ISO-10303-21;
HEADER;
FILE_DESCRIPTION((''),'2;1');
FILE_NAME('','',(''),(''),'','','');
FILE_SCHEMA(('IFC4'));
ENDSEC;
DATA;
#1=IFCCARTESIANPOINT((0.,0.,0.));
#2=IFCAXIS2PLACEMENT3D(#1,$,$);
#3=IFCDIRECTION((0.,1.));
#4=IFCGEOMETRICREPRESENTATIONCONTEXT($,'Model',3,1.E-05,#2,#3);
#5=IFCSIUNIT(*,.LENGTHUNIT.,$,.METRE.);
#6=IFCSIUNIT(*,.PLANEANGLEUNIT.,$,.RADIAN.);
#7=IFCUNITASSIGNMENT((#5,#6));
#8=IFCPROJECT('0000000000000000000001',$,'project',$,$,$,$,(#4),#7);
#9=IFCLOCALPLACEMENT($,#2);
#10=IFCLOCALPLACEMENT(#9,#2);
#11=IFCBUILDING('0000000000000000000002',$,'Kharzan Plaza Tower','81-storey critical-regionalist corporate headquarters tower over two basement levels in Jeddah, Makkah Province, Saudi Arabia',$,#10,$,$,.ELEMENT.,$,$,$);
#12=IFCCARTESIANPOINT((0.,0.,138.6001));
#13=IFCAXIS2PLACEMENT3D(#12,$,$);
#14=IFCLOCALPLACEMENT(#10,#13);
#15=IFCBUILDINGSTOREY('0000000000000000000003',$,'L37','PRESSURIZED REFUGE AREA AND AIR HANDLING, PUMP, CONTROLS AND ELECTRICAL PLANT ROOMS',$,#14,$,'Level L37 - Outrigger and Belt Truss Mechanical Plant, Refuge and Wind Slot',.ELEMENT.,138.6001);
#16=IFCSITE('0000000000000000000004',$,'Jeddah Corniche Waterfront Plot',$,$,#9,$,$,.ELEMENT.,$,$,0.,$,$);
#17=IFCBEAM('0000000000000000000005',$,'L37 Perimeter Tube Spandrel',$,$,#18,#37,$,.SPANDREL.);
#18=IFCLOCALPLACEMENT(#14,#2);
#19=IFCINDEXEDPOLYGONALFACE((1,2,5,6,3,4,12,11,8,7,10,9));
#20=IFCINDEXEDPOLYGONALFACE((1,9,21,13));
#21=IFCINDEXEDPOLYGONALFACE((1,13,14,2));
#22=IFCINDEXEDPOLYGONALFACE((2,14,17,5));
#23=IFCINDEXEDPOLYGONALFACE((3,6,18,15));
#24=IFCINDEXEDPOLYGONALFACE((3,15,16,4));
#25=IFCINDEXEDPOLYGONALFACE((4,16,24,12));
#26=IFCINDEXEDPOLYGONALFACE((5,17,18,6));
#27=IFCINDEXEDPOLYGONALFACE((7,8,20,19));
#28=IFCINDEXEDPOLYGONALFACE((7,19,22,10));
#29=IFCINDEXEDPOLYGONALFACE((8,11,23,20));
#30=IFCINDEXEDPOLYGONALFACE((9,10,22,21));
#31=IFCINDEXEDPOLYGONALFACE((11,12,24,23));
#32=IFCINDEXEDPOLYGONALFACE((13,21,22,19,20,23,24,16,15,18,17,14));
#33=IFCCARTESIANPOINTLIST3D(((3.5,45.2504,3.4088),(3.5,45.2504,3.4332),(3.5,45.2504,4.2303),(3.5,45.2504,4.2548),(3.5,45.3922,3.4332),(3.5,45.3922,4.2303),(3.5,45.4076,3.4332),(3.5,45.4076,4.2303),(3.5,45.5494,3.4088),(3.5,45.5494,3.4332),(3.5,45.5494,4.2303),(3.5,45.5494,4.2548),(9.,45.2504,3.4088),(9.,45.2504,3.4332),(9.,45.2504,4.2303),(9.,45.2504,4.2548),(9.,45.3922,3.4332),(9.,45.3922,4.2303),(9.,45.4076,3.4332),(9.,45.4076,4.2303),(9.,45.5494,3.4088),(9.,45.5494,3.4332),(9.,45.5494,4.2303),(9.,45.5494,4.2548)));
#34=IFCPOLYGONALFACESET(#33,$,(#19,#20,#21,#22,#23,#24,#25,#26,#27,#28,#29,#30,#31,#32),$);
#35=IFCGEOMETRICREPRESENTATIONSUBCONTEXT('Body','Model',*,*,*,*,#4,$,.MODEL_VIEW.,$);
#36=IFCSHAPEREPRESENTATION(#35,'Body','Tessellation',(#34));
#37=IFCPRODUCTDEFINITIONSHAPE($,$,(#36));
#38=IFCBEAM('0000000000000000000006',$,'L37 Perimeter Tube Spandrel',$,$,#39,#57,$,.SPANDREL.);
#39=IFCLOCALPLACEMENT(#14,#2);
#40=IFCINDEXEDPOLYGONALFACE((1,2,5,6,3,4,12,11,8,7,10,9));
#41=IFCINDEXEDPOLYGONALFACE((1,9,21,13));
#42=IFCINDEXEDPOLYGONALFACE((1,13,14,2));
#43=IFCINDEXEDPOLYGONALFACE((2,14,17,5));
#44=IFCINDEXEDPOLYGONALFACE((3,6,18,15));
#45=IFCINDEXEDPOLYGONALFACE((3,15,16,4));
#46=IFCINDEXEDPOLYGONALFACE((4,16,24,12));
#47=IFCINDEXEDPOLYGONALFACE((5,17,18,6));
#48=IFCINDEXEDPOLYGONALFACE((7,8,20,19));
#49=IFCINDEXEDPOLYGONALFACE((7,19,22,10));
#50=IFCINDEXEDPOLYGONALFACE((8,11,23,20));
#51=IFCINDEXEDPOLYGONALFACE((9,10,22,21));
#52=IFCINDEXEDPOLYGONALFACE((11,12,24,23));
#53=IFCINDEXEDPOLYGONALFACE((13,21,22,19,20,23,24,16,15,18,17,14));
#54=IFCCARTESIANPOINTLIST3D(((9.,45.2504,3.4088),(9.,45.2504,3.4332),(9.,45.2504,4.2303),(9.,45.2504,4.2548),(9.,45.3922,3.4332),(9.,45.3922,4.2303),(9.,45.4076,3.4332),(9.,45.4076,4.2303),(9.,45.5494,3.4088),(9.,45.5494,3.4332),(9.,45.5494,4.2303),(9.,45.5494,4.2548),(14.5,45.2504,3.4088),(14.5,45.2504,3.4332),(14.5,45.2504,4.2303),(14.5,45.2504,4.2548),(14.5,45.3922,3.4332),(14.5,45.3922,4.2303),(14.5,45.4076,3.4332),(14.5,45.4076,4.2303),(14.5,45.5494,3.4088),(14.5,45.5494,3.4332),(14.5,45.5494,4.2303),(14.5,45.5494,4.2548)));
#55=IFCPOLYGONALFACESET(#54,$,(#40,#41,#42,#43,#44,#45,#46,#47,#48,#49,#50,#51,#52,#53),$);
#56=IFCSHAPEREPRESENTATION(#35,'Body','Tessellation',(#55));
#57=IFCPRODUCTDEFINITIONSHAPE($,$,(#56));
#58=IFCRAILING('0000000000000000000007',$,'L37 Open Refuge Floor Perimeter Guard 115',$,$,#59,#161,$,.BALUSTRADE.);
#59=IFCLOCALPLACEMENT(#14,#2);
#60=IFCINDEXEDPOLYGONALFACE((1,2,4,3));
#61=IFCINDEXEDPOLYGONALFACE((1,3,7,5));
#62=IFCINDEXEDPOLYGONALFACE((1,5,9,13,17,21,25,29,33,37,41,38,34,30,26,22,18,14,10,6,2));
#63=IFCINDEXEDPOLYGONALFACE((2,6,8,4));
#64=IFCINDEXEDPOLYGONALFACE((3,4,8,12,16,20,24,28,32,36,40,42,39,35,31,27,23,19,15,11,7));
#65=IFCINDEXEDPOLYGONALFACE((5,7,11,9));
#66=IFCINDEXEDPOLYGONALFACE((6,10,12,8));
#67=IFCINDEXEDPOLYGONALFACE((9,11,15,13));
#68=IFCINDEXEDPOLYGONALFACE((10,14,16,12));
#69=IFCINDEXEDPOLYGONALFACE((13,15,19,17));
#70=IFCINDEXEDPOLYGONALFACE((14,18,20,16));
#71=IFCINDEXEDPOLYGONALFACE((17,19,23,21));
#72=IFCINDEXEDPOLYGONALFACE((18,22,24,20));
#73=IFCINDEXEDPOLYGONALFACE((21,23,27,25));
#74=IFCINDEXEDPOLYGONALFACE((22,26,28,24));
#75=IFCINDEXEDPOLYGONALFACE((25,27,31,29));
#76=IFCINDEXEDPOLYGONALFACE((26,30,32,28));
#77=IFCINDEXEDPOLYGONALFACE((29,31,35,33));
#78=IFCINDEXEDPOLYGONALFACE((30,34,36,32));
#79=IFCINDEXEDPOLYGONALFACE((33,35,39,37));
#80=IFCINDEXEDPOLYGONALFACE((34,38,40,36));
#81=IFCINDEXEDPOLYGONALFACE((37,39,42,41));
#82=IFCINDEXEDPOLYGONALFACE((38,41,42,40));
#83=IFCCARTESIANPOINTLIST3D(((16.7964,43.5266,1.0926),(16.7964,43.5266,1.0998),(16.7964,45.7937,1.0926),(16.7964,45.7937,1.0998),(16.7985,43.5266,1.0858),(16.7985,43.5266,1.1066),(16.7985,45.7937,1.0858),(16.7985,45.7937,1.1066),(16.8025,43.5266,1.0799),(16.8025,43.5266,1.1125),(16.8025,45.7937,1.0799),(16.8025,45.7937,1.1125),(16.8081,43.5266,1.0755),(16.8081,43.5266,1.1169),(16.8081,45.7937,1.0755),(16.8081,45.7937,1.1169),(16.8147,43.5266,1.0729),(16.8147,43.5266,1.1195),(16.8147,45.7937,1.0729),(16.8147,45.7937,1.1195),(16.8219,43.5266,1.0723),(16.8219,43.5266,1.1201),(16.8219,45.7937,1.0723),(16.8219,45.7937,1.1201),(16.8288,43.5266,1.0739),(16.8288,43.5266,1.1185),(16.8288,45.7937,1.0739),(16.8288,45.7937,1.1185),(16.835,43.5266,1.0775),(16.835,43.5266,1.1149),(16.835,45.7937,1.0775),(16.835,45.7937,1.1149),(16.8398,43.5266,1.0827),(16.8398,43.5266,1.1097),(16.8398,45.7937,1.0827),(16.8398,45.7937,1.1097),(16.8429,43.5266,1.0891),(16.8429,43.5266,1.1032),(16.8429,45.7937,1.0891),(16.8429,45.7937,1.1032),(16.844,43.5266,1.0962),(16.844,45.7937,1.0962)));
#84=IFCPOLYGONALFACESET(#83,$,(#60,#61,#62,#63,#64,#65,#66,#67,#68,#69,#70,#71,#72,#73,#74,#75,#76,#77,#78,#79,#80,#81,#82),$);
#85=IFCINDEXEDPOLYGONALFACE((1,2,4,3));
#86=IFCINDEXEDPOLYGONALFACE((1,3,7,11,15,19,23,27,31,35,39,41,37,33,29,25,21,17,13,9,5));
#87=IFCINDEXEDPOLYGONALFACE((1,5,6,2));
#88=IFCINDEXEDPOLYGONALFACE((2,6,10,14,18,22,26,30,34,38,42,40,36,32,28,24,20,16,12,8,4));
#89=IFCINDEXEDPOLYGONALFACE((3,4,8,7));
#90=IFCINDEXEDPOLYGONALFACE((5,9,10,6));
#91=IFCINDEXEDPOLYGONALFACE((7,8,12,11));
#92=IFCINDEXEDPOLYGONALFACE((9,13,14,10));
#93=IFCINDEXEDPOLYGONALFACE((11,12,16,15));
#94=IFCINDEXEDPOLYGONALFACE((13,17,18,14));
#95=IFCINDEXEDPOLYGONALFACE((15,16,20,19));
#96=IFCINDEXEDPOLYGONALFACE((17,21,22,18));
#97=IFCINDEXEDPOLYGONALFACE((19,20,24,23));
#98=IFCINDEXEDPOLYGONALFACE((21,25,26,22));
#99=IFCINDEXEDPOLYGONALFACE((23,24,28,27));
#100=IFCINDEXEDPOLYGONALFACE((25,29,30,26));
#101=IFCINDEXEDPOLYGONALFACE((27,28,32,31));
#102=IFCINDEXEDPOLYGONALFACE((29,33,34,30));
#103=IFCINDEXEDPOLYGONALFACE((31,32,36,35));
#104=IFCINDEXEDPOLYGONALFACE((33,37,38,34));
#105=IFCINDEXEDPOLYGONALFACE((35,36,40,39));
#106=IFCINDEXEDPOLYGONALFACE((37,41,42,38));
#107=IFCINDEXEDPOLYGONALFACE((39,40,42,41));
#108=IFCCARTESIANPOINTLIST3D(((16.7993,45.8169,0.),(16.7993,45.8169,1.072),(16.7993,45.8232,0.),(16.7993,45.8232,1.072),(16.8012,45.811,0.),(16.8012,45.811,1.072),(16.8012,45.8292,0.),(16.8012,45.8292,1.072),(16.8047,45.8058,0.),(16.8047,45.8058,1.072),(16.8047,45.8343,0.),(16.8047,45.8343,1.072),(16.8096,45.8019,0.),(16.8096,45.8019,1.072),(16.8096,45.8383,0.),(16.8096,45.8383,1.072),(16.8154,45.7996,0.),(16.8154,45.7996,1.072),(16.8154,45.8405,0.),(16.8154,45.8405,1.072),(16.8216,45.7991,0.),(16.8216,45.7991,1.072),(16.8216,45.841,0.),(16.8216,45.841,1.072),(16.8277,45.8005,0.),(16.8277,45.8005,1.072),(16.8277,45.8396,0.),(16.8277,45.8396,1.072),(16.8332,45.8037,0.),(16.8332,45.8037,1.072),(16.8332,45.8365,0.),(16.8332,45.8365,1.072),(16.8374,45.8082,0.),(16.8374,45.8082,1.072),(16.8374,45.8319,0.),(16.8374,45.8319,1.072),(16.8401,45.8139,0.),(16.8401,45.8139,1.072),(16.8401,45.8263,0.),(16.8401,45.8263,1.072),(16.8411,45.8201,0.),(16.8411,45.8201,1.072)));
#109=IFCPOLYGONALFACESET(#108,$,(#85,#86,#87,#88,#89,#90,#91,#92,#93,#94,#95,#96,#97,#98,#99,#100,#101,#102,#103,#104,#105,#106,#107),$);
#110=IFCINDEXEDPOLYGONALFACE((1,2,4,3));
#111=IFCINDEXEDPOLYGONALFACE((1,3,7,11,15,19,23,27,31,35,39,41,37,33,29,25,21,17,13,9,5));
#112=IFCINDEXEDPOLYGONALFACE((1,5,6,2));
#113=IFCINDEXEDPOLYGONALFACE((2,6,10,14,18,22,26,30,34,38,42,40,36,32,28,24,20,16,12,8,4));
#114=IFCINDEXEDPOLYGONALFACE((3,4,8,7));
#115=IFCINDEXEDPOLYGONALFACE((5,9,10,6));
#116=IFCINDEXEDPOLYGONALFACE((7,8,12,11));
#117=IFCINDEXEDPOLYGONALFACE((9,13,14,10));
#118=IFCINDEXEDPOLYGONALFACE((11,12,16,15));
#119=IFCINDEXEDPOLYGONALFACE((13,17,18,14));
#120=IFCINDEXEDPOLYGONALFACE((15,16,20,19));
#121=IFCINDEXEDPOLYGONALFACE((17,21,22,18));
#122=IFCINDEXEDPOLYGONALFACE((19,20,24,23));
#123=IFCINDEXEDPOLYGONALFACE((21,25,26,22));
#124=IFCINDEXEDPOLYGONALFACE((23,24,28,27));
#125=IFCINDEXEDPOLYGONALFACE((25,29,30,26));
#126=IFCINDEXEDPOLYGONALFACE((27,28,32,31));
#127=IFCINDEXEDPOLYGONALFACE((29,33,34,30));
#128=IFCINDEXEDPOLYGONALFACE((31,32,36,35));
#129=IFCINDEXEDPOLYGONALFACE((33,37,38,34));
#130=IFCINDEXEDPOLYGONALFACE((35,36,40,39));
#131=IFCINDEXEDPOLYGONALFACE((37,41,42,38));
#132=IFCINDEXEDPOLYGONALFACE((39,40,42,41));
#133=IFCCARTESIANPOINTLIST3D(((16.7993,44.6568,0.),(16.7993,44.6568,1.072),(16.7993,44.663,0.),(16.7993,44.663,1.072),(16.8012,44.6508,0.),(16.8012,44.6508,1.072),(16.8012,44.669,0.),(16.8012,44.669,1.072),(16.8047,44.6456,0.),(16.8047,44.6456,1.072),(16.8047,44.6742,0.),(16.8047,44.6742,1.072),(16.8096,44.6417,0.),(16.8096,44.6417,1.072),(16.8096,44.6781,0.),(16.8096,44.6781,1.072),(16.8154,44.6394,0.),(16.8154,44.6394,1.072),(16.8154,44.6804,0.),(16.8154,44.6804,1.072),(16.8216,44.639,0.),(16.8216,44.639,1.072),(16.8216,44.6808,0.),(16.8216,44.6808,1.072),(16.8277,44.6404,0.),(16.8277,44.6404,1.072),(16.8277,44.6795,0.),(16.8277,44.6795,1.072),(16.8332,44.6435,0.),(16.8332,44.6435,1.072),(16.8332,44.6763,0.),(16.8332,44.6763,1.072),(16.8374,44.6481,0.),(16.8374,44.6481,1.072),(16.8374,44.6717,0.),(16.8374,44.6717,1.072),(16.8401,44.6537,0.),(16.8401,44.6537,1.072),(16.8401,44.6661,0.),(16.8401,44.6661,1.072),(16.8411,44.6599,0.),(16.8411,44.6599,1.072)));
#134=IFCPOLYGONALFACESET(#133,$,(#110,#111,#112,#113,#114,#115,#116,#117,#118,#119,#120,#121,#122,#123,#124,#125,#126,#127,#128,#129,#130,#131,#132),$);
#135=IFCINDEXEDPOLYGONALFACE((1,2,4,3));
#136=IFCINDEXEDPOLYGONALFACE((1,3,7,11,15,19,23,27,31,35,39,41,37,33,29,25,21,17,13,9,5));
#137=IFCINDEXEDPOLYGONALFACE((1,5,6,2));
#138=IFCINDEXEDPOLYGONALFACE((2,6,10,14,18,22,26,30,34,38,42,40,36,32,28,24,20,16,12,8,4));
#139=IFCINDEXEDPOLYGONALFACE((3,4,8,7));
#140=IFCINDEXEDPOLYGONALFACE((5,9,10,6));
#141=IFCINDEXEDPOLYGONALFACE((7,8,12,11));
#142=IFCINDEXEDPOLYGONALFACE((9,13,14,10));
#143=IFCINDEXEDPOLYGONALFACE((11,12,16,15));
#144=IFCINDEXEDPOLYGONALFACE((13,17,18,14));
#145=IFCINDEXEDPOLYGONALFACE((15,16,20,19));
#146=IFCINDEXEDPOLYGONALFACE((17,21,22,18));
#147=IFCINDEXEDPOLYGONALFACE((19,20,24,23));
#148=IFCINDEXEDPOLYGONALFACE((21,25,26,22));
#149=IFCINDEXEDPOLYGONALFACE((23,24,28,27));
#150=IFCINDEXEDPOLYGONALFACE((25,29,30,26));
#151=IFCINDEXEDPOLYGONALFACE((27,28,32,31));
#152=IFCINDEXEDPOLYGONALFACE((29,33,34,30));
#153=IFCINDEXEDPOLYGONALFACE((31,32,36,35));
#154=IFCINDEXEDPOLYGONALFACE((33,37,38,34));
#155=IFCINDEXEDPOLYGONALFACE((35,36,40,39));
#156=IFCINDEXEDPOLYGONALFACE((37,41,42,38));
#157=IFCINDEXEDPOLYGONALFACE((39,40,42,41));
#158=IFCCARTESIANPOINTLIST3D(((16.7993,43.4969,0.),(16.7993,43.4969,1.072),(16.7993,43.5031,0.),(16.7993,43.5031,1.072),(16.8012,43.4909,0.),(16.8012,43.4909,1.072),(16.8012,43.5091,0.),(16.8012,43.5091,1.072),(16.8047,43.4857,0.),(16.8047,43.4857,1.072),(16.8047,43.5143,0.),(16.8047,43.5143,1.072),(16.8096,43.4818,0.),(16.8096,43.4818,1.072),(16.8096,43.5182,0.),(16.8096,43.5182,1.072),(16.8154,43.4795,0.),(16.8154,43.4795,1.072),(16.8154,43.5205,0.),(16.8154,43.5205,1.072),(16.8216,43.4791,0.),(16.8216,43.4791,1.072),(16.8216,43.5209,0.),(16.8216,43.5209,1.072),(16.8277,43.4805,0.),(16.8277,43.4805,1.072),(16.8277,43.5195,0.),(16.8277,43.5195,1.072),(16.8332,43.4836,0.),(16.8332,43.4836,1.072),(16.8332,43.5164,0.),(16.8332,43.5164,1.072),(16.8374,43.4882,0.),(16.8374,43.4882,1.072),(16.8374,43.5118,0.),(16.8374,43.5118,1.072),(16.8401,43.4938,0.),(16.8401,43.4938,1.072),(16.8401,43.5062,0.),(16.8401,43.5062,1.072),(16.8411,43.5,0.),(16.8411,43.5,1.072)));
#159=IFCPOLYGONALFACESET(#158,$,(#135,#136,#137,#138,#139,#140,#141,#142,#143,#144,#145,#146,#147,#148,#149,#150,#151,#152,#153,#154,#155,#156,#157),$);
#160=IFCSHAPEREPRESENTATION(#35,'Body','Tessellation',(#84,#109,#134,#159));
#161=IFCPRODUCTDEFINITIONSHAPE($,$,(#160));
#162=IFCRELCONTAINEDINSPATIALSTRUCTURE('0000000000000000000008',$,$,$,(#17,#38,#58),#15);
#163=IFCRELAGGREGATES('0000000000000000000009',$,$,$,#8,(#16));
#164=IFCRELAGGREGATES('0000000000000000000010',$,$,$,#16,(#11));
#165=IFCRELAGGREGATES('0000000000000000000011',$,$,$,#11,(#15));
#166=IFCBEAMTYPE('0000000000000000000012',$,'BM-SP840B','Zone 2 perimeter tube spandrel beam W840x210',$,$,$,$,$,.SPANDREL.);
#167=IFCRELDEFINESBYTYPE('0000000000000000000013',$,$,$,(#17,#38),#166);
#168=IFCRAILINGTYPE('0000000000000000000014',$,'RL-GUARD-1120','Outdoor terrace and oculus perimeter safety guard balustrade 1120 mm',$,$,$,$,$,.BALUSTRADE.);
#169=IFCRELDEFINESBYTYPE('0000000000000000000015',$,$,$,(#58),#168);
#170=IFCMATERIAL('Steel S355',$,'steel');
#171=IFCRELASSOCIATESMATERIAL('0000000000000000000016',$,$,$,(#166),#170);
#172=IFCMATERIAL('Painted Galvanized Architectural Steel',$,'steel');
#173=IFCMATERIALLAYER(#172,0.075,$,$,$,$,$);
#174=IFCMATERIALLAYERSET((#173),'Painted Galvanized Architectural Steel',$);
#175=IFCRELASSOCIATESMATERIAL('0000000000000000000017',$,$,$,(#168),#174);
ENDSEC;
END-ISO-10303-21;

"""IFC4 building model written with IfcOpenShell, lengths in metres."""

from ifc_helpers import new_model, si_unit, direction, frame, origin, origin_2d, place, context, subcontext, project, spatial, circle, i_section, extrude, source, transform, mapped, material, layer, layer_set, material_profile, profile_set, type_object, element, save


model = new_model("IFC4")

# Units and contexts
model_context = context("Model", 3, precision=1e-05, world=origin(), true_north=direction((0.0, 1.0)))
body_context = subcontext(model_context, "Body", "Model", "MODEL_VIEW")
ifc_project = project(units=[si_unit("LENGTHUNIT", "METRE"), si_unit("PLANEANGLEUNIT", "RADIAN")], contexts=[model_context])

# Site, building, storey
site_placement = place(None, origin())
site = spatial("IfcSite", under=ifc_project, at=site_placement, Name="Jeddah Corniche Waterfront Plot", CompositionType="ELEMENT", RefElevation=0.0)
building_placement = place(site_placement, origin())
building = spatial("IfcBuilding", under=site, at=building_placement, Name="Kharzan Plaza Tower", Description="81-storey critical-regionalist corporate headquarters tower over two basement levels in Jeddah, Makkah Province, Saudi Arabia", CompositionType="ELEMENT")
storey_placement = place(building_placement, frame((0.0, 0.0, 138.6001)))
storey = spatial("IfcBuildingStorey", under=building, at=storey_placement, Name="L37", Description="PRESSURIZED REFUGE AREA AND AIR HANDLING, PUMP, CONTROLS AND ELECTRICAL PLANT ROOMS", LongName="Level L37 - Outrigger and Belt Truss Mechanical Plant, Refuge and Wind Slot", CompositionType="ELEMENT", Elevation=138.6001)

# Beams
ifc_material_1 = material(Name="Steel S355", Category="steel")
ifc_material_profile_1 = material_profile(ifc_material_1, i_section(OverallWidth=0.2991, OverallDepth=0.8459, WebThickness=0.0154, FlangeThickness=0.0244, at=origin_2d()), Name="W840x210")
ifc_profile_set_1 = profile_set([ifc_material_profile_1], Name="Steel S355")
beam_type_1 = type_object("IfcBeamType", Name="BM-SP840B", Description="Zone 2 perimeter tube spandrel beam W840x210", PredefinedType="SPANDREL", material=ifc_profile_set_1)
shared_shape_1 = source(origin(), body_context, "Body", "SweptSolid", [
    extrude(i_section(OverallWidth=0.2991, OverallDepth=0.8459, WebThickness=0.0154, FlangeThickness=0.0244, at=origin_2d()), origin(), (0.0, 0.0, 1.0), 5.5),
])
for number, where, z_axis, x_axis, name in (
    (1, (3.5, 45.3999, 3.8318), (1.0, 0.0, 0.0), (0.0, 1.0, 0.0), "L37 Perimeter Tube Spandrel"),
    (2, (9.0, 45.3999, 3.8318), (1.0, 0.0, 0.0), (0.0, 1.0, 0.0), "L37 Perimeter Tube Spandrel"),
):
    element("IfcBeam", number, at=place(storey_placement, frame(where, z_axis=z_axis, x_axis=x_axis)), inside=storey, type_object=beam_type_1, Name=name, PredefinedType="SPANDREL", context=body_context, shape_type="MappedRepresentation", body=[
        mapped(shared_shape_1, transform((0.0, 0.0, 0.0), x_axis=(1.0, 0.0, 0.0), y_axis=(0.0, 1.0, 0.0), z_axis=(0.0, 0.0, 1.0))),
    ])

# Railing
ifc_material_2 = material(Name="Painted Galvanized Architectural Steel", Category="steel")
ifc_layer = layer(ifc_material_2, 0.075)
ifc_layer_set = layer_set([ifc_layer], Name="Painted Galvanized Architectural Steel")
railing_type = type_object("IfcRailingType", Name="RL-GUARD-1120", Description="Outdoor terrace and oculus perimeter safety guard balustrade 1120 mm", PredefinedType="BALUSTRADE", material=ifc_layer_set)
shared_shape_2 = source(origin(), body_context, "Body", "SweptSolid", [
    extrude(circle(Radius=0.0239, at=origin_2d()), frame((0.0, -0.0264, 1.0962), z_axis=(0.0, -1.0, 0.0), x_axis=(1.0, 0.0, 0.0)), (0.0, 0.0, 1.0), 2.2671),
    extrude(circle(Radius=0.021, at=origin_2d()), origin(), (0.0, 0.0, 1.0), 1.072),
    extrude(circle(Radius=0.021, at=origin_2d()), frame((0.0, -1.1602, 0.0)), (0.0, 0.0, 1.0), 1.072),
    extrude(circle(Radius=0.021, at=origin_2d()), frame((0.0, -2.3201, 0.0)), (0.0, 0.0, 1.0), 1.072),
])
railing_1_placement = place(storey_placement, frame((16.8201, 45.8201, 0.0)))
element("IfcRailing", 3, at=railing_1_placement, inside=storey, type_object=railing_type, Name="L37 Open Refuge Floor Perimeter Guard 115", PredefinedType="BALUSTRADE", context=body_context, shape_type="MappedRepresentation", body=[
    mapped(shared_shape_2, transform((0.0, 0.0, 0.0), x_axis=(1.0, 0.0, 0.0), y_axis=(0.0, 1.0, 0.0), z_axis=(0.0, 0.0, 1.0))),
])

save(model, "model.ifc")
